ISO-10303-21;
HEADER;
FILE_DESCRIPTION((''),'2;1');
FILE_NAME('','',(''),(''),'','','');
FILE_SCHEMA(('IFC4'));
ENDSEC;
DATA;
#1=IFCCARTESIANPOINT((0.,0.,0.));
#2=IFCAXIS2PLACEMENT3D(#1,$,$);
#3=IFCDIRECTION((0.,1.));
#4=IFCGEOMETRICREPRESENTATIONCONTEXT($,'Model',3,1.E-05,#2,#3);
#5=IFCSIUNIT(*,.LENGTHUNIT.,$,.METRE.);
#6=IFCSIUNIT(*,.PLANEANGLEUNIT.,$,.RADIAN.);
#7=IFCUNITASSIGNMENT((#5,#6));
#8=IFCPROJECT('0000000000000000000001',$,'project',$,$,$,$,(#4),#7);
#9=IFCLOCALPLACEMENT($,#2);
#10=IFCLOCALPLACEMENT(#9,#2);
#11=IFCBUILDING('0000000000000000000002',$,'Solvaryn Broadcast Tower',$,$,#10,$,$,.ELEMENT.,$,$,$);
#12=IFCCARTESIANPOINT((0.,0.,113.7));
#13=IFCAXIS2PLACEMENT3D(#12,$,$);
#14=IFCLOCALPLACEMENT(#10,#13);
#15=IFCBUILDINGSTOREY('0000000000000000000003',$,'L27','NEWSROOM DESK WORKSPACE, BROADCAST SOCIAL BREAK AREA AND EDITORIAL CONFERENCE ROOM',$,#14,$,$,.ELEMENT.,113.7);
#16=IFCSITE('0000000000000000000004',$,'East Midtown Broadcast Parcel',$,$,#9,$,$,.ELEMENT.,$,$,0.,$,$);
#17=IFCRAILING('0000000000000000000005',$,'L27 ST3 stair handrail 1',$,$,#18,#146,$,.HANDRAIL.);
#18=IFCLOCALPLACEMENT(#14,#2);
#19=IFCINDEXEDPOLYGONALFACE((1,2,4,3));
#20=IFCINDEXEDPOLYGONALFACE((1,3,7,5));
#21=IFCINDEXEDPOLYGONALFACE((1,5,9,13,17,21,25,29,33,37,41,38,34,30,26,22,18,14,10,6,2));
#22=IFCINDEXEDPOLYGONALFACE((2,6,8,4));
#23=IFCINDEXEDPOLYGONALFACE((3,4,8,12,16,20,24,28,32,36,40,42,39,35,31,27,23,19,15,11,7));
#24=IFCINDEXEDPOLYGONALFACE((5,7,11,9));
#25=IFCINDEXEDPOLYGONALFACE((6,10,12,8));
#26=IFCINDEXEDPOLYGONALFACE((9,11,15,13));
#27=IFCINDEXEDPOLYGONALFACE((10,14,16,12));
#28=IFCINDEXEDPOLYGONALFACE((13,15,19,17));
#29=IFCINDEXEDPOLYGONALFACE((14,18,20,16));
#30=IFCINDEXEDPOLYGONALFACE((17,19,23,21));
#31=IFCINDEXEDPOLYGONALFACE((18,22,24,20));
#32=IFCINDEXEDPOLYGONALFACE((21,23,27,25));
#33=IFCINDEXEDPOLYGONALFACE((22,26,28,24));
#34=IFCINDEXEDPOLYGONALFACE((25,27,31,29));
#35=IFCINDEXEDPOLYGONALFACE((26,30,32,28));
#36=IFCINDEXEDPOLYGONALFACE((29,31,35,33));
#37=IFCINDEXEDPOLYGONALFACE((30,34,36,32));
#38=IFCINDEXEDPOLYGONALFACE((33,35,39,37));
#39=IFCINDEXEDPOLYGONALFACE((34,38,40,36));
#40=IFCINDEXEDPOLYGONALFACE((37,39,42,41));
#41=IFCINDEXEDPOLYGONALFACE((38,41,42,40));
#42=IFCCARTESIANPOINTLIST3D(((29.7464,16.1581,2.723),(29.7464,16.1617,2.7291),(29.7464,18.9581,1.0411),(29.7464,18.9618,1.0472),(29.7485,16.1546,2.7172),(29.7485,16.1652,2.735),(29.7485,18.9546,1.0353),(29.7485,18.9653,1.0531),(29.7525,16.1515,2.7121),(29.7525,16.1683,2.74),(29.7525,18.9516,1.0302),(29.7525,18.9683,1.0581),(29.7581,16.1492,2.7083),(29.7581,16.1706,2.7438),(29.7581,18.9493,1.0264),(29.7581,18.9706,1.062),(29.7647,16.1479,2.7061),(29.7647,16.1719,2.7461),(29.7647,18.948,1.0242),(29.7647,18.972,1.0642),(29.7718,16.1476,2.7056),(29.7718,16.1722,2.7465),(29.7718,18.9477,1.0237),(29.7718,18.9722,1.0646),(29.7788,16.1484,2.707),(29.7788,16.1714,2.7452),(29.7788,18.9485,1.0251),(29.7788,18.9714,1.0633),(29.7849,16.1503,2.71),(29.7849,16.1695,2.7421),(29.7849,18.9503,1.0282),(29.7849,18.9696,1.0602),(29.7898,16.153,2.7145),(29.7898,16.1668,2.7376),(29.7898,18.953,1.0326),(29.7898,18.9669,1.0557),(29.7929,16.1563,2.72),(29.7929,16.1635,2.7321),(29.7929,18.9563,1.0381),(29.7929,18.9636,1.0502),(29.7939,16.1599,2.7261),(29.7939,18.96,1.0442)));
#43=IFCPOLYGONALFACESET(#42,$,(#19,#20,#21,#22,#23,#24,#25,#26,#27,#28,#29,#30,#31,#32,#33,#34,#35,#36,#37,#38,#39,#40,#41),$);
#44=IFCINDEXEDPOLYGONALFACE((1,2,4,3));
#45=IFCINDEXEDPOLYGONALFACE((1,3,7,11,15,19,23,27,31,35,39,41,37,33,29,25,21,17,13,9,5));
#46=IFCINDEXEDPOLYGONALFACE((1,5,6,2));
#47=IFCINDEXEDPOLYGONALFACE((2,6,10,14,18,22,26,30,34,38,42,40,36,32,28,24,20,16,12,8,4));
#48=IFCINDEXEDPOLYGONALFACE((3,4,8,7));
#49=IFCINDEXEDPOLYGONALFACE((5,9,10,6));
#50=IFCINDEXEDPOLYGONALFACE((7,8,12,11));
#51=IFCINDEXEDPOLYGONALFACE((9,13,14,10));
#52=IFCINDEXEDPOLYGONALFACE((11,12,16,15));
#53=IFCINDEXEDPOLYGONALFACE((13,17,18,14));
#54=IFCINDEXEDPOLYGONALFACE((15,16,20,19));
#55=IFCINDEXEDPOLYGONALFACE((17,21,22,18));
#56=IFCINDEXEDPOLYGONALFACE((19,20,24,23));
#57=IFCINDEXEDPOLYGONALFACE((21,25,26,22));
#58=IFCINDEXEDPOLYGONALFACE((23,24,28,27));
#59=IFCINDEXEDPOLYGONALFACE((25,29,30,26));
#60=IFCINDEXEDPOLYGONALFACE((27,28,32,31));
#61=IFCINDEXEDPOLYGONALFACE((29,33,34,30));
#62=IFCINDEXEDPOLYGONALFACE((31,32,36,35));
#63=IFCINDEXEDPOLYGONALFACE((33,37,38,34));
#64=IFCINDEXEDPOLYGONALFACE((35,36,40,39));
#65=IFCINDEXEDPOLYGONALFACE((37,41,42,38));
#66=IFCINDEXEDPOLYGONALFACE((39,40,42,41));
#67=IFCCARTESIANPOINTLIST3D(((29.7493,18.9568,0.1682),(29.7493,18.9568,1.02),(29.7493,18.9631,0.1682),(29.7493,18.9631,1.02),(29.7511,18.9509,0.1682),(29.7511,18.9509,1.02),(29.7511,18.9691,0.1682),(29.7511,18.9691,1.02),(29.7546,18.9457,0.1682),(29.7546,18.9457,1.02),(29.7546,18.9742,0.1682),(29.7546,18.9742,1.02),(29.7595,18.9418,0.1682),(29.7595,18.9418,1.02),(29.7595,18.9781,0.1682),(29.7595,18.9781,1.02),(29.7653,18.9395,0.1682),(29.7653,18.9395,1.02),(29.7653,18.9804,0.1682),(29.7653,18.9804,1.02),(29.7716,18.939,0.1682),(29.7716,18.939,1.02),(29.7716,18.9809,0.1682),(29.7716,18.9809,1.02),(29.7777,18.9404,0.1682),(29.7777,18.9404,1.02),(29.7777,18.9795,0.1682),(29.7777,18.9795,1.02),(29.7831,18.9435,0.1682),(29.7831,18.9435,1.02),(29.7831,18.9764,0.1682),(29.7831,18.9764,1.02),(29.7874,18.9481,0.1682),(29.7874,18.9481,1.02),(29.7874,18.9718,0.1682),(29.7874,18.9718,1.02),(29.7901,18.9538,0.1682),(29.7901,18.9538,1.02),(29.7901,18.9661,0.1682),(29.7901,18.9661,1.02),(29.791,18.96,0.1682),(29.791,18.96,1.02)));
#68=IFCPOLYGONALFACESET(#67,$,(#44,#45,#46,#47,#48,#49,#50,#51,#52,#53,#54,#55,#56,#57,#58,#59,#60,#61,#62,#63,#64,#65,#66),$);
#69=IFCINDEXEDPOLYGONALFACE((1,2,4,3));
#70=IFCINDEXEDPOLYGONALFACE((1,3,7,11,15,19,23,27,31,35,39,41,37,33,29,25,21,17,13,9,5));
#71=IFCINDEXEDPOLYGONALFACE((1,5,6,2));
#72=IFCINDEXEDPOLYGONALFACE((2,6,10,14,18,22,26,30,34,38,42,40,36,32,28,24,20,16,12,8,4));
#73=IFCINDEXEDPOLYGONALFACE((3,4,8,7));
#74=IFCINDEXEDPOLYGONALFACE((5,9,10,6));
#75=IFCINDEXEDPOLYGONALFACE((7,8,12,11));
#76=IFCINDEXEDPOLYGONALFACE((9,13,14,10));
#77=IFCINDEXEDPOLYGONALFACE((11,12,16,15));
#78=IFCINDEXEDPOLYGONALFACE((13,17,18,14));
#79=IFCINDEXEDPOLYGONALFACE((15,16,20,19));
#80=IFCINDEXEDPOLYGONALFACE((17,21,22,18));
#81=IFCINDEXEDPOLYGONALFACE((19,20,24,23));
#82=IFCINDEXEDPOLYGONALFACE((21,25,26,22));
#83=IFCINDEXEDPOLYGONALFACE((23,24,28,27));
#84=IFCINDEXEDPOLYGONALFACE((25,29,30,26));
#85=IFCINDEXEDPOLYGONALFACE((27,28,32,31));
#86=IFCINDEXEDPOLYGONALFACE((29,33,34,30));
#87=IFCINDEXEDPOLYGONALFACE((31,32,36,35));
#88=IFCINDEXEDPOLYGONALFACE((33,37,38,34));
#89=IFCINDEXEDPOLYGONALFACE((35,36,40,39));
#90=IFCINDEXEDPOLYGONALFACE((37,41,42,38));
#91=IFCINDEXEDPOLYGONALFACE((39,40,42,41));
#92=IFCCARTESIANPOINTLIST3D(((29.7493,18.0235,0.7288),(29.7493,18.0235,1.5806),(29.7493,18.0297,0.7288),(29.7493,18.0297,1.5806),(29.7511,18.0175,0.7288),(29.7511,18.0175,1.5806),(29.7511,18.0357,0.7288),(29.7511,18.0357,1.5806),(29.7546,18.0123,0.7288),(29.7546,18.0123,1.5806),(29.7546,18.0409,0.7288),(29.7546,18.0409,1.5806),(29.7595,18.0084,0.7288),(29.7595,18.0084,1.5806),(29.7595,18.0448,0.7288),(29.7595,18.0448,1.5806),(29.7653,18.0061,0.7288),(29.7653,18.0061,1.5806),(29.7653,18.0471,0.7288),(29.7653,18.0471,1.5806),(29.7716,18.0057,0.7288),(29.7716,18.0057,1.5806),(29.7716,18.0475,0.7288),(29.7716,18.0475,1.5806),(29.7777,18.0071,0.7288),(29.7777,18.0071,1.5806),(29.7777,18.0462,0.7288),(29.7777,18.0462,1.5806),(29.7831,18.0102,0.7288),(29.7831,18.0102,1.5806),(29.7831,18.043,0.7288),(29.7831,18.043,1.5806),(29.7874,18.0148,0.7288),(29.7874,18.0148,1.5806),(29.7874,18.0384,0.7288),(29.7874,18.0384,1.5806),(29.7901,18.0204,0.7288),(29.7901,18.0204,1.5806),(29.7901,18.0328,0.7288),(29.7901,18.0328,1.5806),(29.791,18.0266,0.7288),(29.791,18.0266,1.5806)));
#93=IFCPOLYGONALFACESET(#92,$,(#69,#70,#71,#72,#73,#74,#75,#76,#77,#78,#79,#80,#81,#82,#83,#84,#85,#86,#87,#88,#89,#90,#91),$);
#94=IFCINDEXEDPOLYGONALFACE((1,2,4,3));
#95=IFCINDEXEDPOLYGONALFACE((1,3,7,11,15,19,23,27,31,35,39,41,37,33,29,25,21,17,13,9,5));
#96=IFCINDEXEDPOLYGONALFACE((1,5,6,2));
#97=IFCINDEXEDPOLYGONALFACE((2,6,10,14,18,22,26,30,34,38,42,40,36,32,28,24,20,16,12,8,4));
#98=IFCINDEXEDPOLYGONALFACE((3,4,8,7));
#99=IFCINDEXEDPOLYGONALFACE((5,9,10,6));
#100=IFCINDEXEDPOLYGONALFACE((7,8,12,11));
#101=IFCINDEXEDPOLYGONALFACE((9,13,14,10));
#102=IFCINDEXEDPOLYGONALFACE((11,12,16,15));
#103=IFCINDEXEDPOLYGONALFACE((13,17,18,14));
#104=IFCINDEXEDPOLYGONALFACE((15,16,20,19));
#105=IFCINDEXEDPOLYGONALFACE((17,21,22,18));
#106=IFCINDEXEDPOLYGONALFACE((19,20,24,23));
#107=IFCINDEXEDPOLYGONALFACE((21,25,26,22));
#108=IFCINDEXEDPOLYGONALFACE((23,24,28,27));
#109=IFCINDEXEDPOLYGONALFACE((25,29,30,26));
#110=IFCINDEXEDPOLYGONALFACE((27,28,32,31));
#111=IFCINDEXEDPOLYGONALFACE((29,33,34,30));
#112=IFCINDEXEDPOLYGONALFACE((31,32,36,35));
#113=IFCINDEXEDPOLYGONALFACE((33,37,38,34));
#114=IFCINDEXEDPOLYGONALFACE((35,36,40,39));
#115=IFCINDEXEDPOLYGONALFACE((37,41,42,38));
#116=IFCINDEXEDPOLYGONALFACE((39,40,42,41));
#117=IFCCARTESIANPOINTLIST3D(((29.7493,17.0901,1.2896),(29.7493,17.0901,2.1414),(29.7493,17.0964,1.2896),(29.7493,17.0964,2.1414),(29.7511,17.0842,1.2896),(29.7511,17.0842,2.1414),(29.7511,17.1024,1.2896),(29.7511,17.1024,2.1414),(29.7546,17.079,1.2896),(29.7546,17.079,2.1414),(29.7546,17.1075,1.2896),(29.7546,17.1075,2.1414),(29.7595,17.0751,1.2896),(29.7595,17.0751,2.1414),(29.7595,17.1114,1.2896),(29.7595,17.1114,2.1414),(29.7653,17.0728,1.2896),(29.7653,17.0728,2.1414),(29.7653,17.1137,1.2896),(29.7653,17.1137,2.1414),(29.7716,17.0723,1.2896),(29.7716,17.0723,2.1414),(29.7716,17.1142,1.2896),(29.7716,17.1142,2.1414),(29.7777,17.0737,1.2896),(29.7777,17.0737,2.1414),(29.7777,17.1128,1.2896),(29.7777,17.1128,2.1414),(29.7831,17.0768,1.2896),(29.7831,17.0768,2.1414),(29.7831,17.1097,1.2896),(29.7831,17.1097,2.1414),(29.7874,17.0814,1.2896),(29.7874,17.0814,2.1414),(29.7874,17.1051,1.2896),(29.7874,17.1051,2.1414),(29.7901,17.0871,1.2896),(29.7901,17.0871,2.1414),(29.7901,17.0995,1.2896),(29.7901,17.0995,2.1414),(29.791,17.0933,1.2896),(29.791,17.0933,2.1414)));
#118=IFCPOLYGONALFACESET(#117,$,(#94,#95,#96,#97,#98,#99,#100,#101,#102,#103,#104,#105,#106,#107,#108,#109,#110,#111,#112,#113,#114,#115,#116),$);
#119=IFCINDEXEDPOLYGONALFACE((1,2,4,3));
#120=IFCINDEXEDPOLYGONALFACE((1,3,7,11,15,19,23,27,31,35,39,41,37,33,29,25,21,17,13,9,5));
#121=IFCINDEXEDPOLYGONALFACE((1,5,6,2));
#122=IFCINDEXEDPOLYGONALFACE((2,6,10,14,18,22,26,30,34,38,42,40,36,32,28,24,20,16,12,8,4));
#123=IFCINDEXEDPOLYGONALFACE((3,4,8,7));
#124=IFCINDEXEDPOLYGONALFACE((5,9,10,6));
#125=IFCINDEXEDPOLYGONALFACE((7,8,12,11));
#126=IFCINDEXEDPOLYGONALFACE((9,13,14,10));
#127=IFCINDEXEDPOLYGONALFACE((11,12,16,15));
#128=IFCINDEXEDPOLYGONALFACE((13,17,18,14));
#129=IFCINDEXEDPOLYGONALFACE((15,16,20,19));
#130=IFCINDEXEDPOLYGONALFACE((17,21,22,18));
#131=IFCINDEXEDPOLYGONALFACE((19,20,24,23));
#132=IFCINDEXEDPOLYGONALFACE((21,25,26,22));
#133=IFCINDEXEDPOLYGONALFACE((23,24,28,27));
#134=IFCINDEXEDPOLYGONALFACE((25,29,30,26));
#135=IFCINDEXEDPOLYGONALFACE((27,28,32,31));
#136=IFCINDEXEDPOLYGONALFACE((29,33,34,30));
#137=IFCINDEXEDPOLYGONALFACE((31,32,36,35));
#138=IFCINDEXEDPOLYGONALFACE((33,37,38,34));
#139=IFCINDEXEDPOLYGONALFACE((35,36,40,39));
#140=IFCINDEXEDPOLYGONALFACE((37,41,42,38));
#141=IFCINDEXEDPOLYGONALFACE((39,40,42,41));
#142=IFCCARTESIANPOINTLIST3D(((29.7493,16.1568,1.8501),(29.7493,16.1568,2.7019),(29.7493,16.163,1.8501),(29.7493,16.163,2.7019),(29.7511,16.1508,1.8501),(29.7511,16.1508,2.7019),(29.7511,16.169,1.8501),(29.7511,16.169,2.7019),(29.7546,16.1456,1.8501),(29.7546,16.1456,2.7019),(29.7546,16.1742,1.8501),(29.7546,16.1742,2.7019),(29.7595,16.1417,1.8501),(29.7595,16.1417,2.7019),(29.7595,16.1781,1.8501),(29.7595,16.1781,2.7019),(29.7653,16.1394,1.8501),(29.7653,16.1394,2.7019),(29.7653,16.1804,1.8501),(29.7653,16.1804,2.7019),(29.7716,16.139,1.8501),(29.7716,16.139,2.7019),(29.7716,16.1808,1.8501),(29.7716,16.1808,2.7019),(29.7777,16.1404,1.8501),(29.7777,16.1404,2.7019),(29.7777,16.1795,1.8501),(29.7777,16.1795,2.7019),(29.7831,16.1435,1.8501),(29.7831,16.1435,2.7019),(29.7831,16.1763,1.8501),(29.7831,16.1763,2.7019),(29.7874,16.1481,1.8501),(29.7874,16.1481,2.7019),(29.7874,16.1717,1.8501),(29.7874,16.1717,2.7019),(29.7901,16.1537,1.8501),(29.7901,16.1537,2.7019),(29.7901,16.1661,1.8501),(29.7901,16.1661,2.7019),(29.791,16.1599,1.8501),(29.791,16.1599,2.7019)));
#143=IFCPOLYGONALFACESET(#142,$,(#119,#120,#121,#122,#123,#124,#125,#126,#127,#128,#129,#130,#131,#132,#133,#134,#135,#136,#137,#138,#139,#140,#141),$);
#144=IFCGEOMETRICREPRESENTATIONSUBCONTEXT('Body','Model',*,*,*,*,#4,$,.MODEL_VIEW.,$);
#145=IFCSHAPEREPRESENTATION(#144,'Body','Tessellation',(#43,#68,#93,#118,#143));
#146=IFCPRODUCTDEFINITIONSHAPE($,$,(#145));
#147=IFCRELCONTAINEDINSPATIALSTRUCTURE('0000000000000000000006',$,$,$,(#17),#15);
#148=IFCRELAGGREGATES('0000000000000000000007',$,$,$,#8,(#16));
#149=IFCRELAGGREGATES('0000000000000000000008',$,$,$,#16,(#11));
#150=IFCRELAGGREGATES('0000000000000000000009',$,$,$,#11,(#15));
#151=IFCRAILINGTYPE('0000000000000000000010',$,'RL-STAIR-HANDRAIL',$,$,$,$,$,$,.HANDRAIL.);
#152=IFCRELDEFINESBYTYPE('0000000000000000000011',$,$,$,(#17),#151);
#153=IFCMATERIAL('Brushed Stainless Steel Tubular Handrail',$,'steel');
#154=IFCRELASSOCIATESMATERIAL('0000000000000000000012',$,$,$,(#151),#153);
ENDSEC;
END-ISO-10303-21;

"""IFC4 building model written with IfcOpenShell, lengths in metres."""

from ifc_helpers import new_model, si_unit, direction, frame, origin, origin_2d, place, context, subcontext, project, spatial, circle, extrude, material, type_object, element, save


model = new_model("IFC4")

# Units and contexts
model_context = context("Model", 3, precision=1e-05, world=origin(), true_north=direction((0.0, 1.0)))
body_context = subcontext(model_context, "Body", "Model", "MODEL_VIEW")
ifc_project = project(units=[si_unit("LENGTHUNIT", "METRE"), si_unit("PLANEANGLEUNIT", "RADIAN")], contexts=[model_context])

# Site, building, storey
site_placement = place(None, origin())
site = spatial("IfcSite", under=ifc_project, at=site_placement, Name="East Midtown Broadcast Parcel", CompositionType="ELEMENT", RefElevation=0.0)
building_placement = place(site_placement, origin())
building = spatial("IfcBuilding", under=site, at=building_placement, Name="Solvaryn Broadcast Tower", CompositionType="ELEMENT")
storey_placement = place(building_placement, frame((0.0, 0.0, 113.7)))
storey = spatial("IfcBuildingStorey", under=building, at=storey_placement, Name="L27", Description="NEWSROOM DESK WORKSPACE, BROADCAST SOCIAL BREAK AREA AND EDITORIAL CONFERENCE ROOM", CompositionType="ELEMENT", Elevation=113.7)

# Railing
ifc_material_1 = material(Name="Brushed Stainless Steel Tubular Handrail", Category="steel")
railing_type_1 = type_object("IfcRailingType", Name="RL-STAIR-HANDRAIL", PredefinedType="HANDRAIL", material=ifc_material_1)
railing_1_placement = place(storey_placement, frame((29.77, 18.96, 0.1682)))
element("IfcRailing", 1, at=railing_1_placement, inside=storey, type_object=railing_type_1, Name="L27 ST3 stair handrail 1", PredefinedType="HANDRAIL", context=body_context, shape_type="SweptSolid", body=[
    extrude(circle(Radius=0.0239, at=origin_2d()), frame((0.0, 0.0, 0.876), z_axis=(0.0, -0.857242, 0.514913), x_axis=(1.0, 0.0, 0.0)), (0.0, 0.0, 1.0), 3.2664),
    extrude(circle(Radius=0.021, at=origin_2d()), origin(), (0.0, 0.0, 1.0), 0.8518),
    extrude(circle(Radius=0.021, at=origin_2d()), frame((0.0, -0.9333, 0.5605)), (0.0, 0.0, 1.0), 0.8518),
    extrude(circle(Radius=0.021, at=origin_2d()), frame((0.0, -1.8667, 1.1213)), (0.0, 0.0, 1.0), 0.8518),
    extrude(circle(Radius=0.021, at=origin_2d()), frame((0.0, -2.8, 1.6819)), (0.0, 0.0, 1.0), 0.8518),
])

save(model, "model.ifc")
